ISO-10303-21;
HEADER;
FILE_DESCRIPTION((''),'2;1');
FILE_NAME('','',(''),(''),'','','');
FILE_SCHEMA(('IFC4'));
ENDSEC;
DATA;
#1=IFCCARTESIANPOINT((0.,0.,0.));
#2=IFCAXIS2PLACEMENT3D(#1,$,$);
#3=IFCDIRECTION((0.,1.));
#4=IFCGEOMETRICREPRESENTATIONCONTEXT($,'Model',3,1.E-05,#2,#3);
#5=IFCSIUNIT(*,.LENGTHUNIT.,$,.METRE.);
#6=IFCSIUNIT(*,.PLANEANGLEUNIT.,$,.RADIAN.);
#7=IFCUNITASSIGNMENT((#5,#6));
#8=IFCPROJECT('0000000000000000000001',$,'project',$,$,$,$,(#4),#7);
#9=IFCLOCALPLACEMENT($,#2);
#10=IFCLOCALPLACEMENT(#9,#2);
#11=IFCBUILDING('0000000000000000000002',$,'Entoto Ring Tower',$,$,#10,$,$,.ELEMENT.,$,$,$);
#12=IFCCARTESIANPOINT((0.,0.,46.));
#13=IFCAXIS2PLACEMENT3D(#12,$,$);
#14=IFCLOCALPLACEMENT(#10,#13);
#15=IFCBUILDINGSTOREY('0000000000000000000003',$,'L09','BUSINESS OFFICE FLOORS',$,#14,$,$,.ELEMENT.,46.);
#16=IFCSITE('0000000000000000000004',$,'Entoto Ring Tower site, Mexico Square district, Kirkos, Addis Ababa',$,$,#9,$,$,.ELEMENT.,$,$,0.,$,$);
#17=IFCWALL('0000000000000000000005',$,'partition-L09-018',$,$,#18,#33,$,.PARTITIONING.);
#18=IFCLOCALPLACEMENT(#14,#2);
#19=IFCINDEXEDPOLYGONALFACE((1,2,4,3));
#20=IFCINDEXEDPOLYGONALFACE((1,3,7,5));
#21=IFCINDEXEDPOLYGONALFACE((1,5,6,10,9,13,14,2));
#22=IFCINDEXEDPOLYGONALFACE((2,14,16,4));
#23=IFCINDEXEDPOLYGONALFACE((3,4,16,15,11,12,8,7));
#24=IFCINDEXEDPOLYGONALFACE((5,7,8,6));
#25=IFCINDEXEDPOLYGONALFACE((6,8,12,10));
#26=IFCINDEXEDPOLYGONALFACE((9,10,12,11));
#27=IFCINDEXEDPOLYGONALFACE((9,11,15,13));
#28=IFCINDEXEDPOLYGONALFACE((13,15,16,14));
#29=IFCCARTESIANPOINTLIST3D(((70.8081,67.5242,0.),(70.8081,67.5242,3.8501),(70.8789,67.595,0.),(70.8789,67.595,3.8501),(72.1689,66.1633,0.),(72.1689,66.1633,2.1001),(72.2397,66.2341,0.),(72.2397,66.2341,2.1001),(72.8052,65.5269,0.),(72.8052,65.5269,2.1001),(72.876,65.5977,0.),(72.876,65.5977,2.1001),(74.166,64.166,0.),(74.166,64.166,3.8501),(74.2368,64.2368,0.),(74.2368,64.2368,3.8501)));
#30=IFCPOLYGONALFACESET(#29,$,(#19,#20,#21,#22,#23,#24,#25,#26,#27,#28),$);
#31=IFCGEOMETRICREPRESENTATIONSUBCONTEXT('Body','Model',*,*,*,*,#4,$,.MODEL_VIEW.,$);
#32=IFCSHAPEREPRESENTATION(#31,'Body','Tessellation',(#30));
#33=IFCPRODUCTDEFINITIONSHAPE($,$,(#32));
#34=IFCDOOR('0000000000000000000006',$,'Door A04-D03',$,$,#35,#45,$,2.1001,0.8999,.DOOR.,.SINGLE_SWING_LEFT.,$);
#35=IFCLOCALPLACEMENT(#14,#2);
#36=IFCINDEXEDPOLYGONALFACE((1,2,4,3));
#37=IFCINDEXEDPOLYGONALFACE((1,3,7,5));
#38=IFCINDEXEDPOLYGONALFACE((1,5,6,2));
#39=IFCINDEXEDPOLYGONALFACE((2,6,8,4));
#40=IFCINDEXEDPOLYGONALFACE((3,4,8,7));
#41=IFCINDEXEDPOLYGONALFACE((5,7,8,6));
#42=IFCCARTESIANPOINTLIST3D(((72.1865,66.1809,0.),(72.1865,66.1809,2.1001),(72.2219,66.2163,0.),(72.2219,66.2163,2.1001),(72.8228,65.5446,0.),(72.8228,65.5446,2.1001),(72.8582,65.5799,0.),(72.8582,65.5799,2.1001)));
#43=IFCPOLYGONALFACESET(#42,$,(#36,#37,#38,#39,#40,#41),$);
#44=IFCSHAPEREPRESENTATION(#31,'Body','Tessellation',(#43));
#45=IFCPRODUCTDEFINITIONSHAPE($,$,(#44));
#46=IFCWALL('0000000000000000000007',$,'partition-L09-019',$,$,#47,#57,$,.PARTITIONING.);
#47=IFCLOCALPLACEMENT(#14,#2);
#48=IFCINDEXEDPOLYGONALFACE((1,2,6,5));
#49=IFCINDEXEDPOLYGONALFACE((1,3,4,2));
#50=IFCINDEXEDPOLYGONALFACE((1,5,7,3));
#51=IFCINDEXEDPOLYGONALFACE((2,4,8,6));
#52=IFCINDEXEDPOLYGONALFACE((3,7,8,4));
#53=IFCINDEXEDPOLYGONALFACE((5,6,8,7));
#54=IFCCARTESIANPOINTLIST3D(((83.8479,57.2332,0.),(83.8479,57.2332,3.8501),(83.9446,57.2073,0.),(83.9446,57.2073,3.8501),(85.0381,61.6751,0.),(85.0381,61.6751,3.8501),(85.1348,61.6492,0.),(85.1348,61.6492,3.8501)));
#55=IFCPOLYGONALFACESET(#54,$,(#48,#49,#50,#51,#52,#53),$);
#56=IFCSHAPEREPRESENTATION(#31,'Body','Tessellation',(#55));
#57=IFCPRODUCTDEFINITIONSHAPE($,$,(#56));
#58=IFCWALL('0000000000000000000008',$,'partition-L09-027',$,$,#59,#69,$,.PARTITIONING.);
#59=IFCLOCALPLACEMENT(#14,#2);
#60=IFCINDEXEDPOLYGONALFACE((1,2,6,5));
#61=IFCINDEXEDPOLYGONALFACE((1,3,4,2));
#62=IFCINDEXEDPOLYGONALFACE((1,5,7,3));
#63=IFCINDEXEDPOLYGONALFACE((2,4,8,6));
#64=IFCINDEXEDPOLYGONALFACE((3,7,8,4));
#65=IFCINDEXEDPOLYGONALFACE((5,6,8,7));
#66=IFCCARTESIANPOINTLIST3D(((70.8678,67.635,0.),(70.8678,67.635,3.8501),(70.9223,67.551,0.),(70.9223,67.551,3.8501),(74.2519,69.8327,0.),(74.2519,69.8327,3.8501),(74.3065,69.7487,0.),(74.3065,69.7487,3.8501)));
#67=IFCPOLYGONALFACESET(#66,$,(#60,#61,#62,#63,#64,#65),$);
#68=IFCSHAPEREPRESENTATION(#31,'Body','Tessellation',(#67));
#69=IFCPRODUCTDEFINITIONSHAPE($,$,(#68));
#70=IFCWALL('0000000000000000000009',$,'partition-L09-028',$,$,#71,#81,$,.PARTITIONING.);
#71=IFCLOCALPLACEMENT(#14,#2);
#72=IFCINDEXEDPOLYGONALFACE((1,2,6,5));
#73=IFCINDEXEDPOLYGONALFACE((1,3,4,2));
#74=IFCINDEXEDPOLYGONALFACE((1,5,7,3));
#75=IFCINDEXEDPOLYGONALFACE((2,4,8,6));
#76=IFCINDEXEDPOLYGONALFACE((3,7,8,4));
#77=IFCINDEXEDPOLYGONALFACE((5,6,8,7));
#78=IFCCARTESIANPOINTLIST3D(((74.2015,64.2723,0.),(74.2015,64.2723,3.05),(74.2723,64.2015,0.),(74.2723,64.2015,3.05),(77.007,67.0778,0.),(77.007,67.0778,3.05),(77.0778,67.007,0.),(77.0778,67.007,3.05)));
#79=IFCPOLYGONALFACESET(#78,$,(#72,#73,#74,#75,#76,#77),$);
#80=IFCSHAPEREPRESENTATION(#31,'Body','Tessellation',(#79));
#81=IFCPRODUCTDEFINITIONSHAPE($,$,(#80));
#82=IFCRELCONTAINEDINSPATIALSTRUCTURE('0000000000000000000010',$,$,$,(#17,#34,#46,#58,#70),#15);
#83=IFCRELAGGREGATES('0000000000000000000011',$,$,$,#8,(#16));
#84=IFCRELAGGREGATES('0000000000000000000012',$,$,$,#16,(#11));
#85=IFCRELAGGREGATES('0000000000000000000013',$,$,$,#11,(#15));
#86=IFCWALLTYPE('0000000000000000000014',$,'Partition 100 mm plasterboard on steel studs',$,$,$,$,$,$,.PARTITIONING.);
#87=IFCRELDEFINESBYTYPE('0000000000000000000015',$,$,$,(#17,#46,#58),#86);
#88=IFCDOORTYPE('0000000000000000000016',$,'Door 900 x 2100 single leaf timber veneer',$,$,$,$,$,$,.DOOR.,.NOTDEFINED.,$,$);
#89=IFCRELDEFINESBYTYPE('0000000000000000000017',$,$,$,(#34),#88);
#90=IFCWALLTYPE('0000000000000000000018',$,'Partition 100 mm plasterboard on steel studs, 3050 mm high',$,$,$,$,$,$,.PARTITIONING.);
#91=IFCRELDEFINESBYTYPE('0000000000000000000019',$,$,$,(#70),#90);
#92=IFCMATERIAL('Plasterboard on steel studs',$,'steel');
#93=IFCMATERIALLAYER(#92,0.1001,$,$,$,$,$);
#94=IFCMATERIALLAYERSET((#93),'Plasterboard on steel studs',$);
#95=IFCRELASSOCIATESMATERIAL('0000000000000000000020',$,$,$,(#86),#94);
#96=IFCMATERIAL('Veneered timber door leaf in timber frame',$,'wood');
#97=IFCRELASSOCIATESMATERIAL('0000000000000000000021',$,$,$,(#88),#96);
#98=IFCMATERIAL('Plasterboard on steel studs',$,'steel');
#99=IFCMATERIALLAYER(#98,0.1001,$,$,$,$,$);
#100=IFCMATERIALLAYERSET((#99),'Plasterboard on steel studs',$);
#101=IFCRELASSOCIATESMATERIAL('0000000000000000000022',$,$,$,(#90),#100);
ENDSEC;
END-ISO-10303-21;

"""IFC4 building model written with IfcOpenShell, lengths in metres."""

from ifc_helpers import new_model, si_unit, direction, frame, frame_2d, origin, place, context, subcontext, project, spatial, rectangle, extrude, material, layer, layer_set, type_object, element, fill, save


model = new_model("IFC4")

# Units and contexts
model_context = context("Model", 3, precision=1e-05, world=origin(), true_north=direction((0.0, 1.0)))
body_context = subcontext(model_context, "Body", "Model", "MODEL_VIEW")
ifc_project = project(units=[si_unit("LENGTHUNIT", "METRE"), si_unit("PLANEANGLEUNIT", "RADIAN")], contexts=[model_context])

# Site, building, storey
site_placement = place(None, origin())
site = spatial("IfcSite", under=ifc_project, at=site_placement, Name="Entoto Ring Tower site, Mexico Square district, Kirkos, Addis Ababa", CompositionType="ELEMENT", RefElevation=0.0)
building_placement = place(site_placement, origin())
building = spatial("IfcBuilding", under=site, at=building_placement, Name="Entoto Ring Tower", CompositionType="ELEMENT")
storey_placement = place(building_placement, frame((0.0, 0.0, 46.0)))
storey = spatial("IfcBuildingStorey", under=building, at=storey_placement, Name="L09", Description="BUSINESS OFFICE FLOORS", CompositionType="ELEMENT", Elevation=46.0)

# Wall, opening, door
ifc_material_1 = material(Name="Plasterboard on steel studs", Category="steel")
ifc_layer_1 = layer(ifc_material_1, 0.1001)
ifc_layer_set_1 = layer_set([ifc_layer_1], Name="Plasterboard on steel studs")
wall_type_1 = type_object("IfcWallType", Name="Partition 100 mm plasterboard on steel studs", PredefinedType="PARTITIONING", material=ifc_layer_set_1)
ifc_material_2 = material(Name="Veneered timber door leaf in timber frame", Category="wood")
door_type_1 = type_object("IfcDoorType", Name="Door 900 x 2100 single leaf timber veneer", OperationType="NOTDEFINED", PredefinedType="DOOR", material=ifc_material_2)
wall_1_placement = place(storey_placement, frame((74.2014, 64.2014, 0.0), z_axis=(0.0, 0.0, 1.0), x_axis=(-0.707081, 0.707132, 0.0)))
wall_1 = element("IfcWall", 1, at=wall_1_placement, inside=storey, type_object=wall_type_1, Name="partition-L09-018", PredefinedType="PARTITIONING", context=body_context, shape_type="SweptSolid", body=[
    extrude(rectangle(XDim=4.749, YDim=0.1001, at=frame_2d((2.3745, 0.0))), origin(), (0.0, 0.0, 1.0), 3.8501),
])
opening_1_placement = place(wall_1_placement, frame((1.9246, 0.0, 0.0)))
opening_1 = element("IfcOpeningElement", 2, at=opening_1_placement, cuts=wall_1, PredefinedType="OPENING", context=body_context, shape_type="SweptSolid", body=[
    extrude(rectangle(XDim=0.8999, YDim=2.1001, at=frame_2d((0.45, 1.05))), frame((0.0, 0.0601, 0.0), z_axis=(0.0, -1.0, 0.0), x_axis=(1.0, 0.0, 0.0)), (0.0, 0.0, 1.0), 0.1201),
])
door_1_placement = place(opening_1_placement, frame((0.8999, 0.0, 0.0), z_axis=(0.0, 0.0, 1.0), x_axis=(-1.0, 0.0, 0.0)))
door_1 = element("IfcDoor", 3, at=door_1_placement, inside=storey, type_object=door_type_1, Name="Door A04-D03", OperationType="SINGLE_SWING_LEFT", OverallHeight=2.1001, OverallWidth=0.8999, PredefinedType="DOOR", context=body_context, shape_type="SweptSolid", body=[
    extrude(rectangle(XDim=0.8999, YDim=2.1001, at=frame_2d((0.45, 1.05))), frame((0.0, 0.0249, 0.0), z_axis=(0.0, -1.0, 0.0), x_axis=(1.0, 0.0, 0.0)), (0.0, 0.0, 1.0), 0.05),
])
fill(opening_1, door_1)

# Walls
wall_2_placement = place(storey_placement, frame((83.8962, 57.2202, 0.0), z_axis=(0.0, 0.0, 1.0), x_axis=(0.258816, 0.965927, 0.0)))
element("IfcWall", 4, at=wall_2_placement, inside=storey, type_object=wall_type_1, Name="partition-L09-019", PredefinedType="PARTITIONING", context=body_context, shape_type="SweptSolid", body=[
    extrude(rectangle(XDim=4.5986, YDim=0.1001, at=frame_2d((2.2993, 0.0))), origin(), (0.0, 0.0, 1.0), 3.8501),
])
wall_3_placement = place(storey_placement, frame((70.895, 67.593, 0.0), z_axis=(0.0, 0.0, 1.0), x_axis=(0.838673, 0.544635, 0.0)))
element("IfcWall", 5, at=wall_3_placement, inside=storey, type_object=wall_type_1, Name="partition-L09-027", PredefinedType="PARTITIONING", context=body_context, shape_type="SweptSolid", body=[
    extrude(rectangle(XDim=4.0352, YDim=0.1001, at=frame_2d((2.0176, 0.0))), origin(), (0.0, 0.0, 1.0), 3.8501),
])
ifc_material_3 = material(Name="Plasterboard on steel studs", Category="steel")
ifc_layer_2 = layer(ifc_material_3, 0.1001)
ifc_layer_set_2 = layer_set([ifc_layer_2], Name="Plasterboard on steel studs")
wall_type_2 = type_object("IfcWallType", Name="Partition 100 mm plasterboard on steel studs, 3050 mm high", PredefinedType="PARTITIONING", material=ifc_layer_set_2)
wall_4_placement = place(storey_placement, frame((74.2368, 64.2368, 0.0), z_axis=(0.0, 0.0, 1.0), x_axis=(0.707107, 0.707107, 0.0)))
element("IfcWall", 6, at=wall_4_placement, inside=storey, type_object=wall_type_2, Name="partition-L09-028", PredefinedType="PARTITIONING", context=body_context, shape_type="SweptSolid", body=[
    extrude(rectangle(XDim=3.9675, YDim=0.1001, at=frame_2d((1.9839, 0.0))), origin(), (0.0, 0.0, 1.0), 3.05),
])

save(model, "model.ifc")
